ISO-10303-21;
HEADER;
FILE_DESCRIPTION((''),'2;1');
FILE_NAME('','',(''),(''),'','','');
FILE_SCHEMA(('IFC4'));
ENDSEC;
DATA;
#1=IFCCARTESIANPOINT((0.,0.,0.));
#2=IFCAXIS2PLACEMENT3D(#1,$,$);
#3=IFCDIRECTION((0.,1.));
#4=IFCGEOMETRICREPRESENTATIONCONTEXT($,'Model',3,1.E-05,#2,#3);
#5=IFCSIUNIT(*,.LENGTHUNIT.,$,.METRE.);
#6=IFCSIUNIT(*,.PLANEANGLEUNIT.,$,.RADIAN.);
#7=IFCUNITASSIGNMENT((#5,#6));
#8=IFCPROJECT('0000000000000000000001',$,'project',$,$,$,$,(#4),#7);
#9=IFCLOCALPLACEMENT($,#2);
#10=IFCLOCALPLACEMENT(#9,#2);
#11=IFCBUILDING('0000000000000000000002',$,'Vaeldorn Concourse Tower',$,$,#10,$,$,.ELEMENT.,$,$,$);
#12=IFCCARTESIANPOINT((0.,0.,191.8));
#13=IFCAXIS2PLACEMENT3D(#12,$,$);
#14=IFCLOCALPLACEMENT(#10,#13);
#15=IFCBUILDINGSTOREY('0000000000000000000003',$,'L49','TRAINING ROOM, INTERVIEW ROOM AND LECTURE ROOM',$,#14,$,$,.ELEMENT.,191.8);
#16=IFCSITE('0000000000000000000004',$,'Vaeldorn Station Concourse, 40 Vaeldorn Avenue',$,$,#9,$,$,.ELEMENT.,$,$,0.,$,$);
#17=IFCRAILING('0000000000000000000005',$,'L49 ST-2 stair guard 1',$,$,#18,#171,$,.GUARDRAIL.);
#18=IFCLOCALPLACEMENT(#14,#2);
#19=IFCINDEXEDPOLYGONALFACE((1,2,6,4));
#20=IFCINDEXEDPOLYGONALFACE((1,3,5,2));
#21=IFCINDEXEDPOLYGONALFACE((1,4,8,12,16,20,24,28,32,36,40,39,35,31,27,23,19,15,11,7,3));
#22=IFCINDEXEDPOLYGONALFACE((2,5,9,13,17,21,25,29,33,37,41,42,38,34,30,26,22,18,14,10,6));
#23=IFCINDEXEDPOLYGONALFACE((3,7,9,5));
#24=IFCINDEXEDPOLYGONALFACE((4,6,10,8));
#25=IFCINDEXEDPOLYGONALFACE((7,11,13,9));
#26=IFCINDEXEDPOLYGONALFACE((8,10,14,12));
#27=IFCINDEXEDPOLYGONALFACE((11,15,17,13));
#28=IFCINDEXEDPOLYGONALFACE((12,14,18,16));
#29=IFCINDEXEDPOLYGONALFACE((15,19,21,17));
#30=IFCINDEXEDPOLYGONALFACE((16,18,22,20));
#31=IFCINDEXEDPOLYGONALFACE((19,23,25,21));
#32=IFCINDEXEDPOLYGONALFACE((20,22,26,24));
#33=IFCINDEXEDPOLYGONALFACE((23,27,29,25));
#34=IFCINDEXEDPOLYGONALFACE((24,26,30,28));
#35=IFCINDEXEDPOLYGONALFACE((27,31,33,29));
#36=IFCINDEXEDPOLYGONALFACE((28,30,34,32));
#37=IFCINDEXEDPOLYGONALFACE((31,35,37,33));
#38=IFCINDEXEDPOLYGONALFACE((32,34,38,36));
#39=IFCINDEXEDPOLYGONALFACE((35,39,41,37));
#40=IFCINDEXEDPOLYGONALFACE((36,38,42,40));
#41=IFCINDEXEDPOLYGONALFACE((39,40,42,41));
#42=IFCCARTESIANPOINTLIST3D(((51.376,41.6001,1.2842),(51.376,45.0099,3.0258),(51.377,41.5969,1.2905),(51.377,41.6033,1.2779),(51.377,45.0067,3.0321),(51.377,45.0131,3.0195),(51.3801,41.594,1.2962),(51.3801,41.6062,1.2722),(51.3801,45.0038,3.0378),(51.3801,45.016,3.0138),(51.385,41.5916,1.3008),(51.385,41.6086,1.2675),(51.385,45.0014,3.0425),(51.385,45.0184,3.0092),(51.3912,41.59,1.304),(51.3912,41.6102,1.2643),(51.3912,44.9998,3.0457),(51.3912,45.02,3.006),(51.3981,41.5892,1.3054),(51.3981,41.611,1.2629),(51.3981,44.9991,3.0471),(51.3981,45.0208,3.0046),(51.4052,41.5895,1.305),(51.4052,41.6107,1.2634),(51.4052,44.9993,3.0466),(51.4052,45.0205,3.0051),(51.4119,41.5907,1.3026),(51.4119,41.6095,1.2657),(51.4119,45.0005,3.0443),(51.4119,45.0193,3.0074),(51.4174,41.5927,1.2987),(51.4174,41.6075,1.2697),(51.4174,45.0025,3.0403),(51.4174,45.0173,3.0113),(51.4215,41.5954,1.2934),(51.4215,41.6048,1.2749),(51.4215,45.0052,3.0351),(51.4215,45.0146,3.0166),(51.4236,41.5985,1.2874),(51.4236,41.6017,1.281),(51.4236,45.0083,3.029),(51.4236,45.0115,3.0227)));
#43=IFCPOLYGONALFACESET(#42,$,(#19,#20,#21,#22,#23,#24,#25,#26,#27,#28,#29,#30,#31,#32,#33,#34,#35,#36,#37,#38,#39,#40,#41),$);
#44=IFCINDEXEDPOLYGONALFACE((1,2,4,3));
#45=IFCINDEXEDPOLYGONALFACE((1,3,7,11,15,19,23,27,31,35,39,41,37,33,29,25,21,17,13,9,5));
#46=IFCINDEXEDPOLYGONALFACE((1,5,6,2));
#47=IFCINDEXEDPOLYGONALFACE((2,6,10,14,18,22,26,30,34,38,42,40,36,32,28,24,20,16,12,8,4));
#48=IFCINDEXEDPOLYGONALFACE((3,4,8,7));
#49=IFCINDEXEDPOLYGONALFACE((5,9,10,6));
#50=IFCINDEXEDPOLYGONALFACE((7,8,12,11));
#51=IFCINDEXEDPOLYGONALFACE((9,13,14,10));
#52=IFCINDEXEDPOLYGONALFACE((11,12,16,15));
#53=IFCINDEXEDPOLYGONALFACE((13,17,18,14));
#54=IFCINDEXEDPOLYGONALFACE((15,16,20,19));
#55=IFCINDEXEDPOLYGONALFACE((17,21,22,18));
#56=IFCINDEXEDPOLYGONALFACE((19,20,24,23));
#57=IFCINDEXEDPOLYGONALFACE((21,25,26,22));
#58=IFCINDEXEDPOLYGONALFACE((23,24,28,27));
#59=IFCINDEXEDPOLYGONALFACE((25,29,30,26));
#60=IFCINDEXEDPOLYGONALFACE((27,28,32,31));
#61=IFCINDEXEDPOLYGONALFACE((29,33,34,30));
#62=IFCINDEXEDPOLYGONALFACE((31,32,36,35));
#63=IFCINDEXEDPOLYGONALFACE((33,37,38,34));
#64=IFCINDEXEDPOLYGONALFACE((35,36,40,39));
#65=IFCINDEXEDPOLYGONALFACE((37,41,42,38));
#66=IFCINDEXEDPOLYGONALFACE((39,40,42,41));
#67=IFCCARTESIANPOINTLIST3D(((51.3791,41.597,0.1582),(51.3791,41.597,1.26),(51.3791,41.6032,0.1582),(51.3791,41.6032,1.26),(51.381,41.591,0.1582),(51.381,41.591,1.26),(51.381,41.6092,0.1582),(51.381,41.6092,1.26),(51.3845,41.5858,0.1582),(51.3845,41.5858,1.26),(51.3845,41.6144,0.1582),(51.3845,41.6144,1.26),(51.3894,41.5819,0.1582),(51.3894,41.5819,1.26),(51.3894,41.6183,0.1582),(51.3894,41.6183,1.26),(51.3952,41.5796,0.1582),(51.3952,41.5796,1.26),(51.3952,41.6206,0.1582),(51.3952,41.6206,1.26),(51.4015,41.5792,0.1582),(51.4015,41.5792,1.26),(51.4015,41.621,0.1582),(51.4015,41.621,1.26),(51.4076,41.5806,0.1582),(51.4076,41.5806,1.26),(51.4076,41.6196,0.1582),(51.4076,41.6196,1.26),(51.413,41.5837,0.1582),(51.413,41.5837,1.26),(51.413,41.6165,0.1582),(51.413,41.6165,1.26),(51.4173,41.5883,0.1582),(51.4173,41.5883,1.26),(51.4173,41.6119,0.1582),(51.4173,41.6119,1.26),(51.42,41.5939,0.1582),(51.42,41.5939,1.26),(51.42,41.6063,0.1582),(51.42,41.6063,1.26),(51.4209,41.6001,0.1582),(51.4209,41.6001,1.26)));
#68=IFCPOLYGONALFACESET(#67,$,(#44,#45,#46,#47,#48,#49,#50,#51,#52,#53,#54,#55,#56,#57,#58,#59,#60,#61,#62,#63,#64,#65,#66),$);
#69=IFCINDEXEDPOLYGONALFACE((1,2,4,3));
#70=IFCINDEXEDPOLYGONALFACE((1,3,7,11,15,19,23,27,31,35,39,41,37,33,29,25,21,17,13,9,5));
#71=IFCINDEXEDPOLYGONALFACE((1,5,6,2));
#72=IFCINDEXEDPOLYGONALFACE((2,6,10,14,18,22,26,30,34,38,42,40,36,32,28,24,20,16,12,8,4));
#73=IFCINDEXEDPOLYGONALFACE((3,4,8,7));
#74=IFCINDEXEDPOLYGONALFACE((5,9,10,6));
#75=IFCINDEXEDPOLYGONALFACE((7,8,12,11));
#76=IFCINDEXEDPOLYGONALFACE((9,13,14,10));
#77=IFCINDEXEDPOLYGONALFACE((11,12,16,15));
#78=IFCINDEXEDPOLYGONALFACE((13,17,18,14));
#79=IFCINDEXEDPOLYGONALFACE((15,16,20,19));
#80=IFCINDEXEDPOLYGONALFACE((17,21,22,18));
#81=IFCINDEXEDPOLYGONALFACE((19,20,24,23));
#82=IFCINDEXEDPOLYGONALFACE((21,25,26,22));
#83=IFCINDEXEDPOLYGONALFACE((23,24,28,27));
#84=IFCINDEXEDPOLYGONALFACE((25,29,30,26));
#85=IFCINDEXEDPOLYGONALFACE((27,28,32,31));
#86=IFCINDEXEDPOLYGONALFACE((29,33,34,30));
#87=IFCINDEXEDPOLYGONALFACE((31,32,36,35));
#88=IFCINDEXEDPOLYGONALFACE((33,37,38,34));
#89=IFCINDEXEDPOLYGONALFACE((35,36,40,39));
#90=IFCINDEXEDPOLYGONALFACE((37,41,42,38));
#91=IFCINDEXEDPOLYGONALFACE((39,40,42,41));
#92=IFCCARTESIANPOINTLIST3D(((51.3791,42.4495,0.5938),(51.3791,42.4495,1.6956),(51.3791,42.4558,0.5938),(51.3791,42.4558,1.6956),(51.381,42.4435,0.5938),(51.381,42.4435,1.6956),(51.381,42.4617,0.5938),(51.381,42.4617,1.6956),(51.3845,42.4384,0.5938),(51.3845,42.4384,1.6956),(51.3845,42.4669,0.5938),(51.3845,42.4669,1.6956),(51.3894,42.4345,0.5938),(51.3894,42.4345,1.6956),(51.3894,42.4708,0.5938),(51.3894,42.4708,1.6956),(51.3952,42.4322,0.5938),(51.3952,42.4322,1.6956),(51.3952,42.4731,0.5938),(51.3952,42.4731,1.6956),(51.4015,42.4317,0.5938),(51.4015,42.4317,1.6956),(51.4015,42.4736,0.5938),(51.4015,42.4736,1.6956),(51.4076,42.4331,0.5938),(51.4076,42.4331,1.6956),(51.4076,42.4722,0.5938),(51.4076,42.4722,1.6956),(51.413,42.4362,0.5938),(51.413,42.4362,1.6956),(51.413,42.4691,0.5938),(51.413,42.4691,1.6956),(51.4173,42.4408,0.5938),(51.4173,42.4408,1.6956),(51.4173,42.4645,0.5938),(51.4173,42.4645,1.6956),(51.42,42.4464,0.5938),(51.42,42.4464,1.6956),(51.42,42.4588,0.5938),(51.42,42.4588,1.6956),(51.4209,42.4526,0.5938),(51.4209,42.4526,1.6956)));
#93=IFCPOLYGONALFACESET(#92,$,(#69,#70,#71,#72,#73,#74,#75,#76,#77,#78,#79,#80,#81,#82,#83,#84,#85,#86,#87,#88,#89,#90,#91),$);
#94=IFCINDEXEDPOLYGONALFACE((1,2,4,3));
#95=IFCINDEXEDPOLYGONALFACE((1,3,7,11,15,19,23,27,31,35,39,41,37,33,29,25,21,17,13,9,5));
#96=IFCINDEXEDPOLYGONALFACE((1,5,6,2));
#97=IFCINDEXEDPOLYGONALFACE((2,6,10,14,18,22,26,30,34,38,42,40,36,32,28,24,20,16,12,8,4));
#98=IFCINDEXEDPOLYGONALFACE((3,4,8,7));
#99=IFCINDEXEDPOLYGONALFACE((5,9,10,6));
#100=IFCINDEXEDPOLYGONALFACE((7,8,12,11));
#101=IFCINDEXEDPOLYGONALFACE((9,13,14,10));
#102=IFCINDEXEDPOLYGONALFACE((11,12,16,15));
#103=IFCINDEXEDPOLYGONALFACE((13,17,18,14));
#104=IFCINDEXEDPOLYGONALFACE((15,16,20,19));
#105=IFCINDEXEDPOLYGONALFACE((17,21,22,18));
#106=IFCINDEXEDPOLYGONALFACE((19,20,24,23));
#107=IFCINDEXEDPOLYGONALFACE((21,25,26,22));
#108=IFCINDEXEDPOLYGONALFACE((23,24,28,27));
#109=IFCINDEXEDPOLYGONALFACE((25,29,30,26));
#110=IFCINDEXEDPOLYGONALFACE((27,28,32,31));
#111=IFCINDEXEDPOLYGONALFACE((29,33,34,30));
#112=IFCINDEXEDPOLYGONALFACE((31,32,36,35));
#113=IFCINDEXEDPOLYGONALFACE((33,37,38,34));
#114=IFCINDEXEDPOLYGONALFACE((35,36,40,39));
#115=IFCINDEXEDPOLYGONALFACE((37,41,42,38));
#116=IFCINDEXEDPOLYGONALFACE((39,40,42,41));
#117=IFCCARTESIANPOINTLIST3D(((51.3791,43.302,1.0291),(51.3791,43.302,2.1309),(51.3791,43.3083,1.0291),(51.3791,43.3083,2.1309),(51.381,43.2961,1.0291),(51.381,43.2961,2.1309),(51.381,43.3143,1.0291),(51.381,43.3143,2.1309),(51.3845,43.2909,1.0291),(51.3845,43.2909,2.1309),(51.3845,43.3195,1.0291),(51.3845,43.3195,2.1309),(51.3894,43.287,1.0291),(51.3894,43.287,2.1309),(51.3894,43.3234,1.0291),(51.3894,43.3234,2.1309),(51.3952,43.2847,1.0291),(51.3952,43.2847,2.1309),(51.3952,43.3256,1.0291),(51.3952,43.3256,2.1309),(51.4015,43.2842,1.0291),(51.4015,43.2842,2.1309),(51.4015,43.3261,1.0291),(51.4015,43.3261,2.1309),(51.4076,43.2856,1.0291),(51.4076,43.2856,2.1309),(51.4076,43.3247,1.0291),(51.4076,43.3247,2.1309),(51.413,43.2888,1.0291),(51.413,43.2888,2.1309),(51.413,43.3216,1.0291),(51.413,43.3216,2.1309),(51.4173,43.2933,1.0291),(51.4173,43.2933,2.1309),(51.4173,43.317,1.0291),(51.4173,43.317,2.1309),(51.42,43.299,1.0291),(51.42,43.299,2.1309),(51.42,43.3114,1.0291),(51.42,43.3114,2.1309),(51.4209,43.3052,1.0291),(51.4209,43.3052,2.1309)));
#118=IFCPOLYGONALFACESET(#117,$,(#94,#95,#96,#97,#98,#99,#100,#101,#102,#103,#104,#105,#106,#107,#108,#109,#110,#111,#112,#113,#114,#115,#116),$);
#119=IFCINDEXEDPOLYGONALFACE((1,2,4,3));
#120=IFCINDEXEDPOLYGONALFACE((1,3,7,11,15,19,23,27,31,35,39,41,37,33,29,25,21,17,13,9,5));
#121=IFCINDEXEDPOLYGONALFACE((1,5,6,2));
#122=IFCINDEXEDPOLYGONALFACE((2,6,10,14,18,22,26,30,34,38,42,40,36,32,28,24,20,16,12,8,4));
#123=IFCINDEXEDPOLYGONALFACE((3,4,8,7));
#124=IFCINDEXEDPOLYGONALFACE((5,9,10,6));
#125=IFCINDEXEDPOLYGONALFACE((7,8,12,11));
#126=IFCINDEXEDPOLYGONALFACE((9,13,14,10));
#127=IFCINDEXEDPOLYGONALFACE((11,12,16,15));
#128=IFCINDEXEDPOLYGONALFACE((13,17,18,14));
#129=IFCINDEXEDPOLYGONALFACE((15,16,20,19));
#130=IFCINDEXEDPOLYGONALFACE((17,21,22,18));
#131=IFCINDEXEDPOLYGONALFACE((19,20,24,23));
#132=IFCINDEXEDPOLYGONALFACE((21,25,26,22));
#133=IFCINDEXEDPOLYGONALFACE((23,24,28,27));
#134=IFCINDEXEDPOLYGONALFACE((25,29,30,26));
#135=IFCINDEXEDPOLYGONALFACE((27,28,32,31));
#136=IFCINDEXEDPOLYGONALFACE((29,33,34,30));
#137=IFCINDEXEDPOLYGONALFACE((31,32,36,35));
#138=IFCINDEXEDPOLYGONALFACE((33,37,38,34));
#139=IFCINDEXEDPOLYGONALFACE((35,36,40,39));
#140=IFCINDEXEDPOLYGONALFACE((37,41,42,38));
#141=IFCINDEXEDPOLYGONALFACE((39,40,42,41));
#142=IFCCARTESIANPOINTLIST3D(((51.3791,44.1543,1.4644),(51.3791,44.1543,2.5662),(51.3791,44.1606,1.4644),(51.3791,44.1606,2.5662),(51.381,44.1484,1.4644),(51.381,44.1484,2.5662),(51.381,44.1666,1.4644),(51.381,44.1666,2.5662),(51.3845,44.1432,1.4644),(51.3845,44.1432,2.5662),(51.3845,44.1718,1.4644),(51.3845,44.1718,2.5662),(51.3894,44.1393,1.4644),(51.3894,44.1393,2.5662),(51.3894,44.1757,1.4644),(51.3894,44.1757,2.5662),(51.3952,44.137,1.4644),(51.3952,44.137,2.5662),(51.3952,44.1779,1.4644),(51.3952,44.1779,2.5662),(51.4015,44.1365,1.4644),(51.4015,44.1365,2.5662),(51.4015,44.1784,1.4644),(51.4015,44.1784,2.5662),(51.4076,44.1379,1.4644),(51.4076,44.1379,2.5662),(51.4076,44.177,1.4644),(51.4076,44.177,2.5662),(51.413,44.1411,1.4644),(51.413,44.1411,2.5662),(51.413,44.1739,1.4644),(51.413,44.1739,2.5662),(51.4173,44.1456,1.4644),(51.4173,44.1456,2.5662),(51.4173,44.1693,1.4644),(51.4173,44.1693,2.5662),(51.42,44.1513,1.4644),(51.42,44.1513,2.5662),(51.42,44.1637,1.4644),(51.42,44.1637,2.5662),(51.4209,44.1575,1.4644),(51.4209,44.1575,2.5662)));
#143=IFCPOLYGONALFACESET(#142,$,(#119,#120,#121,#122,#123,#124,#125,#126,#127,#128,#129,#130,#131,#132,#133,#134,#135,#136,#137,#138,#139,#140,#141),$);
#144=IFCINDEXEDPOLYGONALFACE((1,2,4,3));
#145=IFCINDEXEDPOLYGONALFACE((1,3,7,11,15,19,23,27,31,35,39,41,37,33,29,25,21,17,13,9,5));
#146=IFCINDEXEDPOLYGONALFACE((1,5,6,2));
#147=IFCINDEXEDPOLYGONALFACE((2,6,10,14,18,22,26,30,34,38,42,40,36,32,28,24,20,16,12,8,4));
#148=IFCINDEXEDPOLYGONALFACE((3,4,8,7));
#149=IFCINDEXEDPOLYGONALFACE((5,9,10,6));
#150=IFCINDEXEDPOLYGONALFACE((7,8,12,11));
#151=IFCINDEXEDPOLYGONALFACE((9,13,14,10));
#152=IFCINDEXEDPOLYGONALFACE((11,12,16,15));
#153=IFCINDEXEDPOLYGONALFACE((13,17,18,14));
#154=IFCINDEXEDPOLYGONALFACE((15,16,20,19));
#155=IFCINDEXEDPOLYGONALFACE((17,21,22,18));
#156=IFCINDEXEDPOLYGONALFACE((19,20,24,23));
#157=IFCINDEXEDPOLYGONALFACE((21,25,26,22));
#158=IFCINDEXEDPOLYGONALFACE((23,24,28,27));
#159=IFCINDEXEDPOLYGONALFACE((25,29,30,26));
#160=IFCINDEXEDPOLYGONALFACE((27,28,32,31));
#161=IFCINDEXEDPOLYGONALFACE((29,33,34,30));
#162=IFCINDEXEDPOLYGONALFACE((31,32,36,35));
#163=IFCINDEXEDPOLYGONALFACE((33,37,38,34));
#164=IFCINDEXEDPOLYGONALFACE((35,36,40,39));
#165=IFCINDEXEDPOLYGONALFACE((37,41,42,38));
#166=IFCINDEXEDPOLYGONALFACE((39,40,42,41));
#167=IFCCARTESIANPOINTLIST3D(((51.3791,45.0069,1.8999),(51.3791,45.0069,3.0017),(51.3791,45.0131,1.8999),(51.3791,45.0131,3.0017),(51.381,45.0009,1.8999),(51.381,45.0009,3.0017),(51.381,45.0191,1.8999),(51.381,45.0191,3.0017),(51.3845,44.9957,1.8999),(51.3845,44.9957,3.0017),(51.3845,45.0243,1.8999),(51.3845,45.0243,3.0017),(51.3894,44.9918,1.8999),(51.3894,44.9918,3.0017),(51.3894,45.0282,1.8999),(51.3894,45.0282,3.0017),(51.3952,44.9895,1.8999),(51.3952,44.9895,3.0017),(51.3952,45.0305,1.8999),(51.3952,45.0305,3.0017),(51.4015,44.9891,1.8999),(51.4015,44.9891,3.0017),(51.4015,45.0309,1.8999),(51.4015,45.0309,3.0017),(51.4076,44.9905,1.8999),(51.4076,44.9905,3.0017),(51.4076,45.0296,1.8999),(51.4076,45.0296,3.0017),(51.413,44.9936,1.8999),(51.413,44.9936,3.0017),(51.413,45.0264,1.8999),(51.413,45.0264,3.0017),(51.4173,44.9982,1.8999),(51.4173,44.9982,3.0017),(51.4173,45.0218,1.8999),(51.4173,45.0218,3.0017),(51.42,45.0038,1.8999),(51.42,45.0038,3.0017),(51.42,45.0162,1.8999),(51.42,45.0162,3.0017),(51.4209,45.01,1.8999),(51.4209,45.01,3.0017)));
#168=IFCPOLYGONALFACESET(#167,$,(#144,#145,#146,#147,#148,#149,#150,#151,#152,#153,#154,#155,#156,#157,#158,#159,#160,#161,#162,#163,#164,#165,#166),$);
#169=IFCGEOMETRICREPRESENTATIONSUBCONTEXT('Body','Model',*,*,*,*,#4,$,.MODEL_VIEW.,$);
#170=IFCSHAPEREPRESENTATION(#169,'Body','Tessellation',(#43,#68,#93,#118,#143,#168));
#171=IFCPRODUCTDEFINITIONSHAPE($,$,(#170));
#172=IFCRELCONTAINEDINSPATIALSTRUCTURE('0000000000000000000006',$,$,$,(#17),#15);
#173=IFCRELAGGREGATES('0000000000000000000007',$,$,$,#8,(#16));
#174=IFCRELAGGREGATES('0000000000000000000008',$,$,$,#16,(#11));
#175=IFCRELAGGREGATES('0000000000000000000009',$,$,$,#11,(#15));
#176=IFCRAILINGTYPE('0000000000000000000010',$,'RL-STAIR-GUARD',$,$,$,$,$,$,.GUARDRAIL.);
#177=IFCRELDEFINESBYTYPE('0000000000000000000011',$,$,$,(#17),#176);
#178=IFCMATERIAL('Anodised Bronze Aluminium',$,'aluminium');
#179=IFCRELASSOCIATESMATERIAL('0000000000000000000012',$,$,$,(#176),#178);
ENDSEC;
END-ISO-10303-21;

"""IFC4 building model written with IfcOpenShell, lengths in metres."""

from ifc_helpers import new_model, si_unit, direction, frame, origin, origin_2d, place, context, subcontext, project, spatial, circle, extrude, material, type_object, element, save


model = new_model("IFC4")

# Units and contexts
model_context = context("Model", 3, precision=1e-05, world=origin(), true_north=direction((0.0, 1.0)))
body_context = subcontext(model_context, "Body", "Model", "MODEL_VIEW")
ifc_project = project(units=[si_unit("LENGTHUNIT", "METRE"), si_unit("PLANEANGLEUNIT", "RADIAN")], contexts=[model_context])

# Site, building, storey
site_placement = place(None, origin())
site = spatial("IfcSite", under=ifc_project, at=site_placement, Name="Vaeldorn Station Concourse, 40 Vaeldorn Avenue", CompositionType="ELEMENT", RefElevation=0.0)
building_placement = place(site_placement, origin())
building = spatial("IfcBuilding", under=site, at=building_placement, Name="Vaeldorn Concourse Tower", CompositionType="ELEMENT")
storey_placement = place(building_placement, frame((0.0, 0.0, 191.8)))
storey = spatial("IfcBuildingStorey", under=building, at=storey_placement, Name="L49", Description="TRAINING ROOM, INTERVIEW ROOM AND LECTURE ROOM", CompositionType="ELEMENT", Elevation=191.8)

# Shared definitions
ifc_material_1 = material(Name="Anodised Bronze Aluminium", Category="aluminium")

# Railing
railing_type_1 = type_object("IfcRailingType", Name="RL-STAIR-GUARD", PredefinedType="GUARDRAIL", material=ifc_material_1)
railing_1_placement = place(storey_placement, frame((51.3999, 41.6001, 0.1582)))
element("IfcRailing", 1, at=railing_1_placement, inside=storey, type_object=railing_type_1, Name="L49 ST-2 stair guard 1", PredefinedType="GUARDRAIL", context=body_context, shape_type="SweptSolid", body=[
    extrude(circle(Radius=0.0239, at=origin_2d()), frame((0.0, 0.0, 1.126), z_axis=(0.0, 0.890556, 0.454874), x_axis=(-1.0, 0.0, 0.0)), (0.0, 0.0, 1.0), 3.8289),
    extrude(circle(Radius=0.021, at=origin_2d()), origin(), (0.0, 0.0, 1.0), 1.1018),
    extrude(circle(Radius=0.021, at=origin_2d()), frame((0.0, 0.8525, 0.4355)), (0.0, 0.0, 1.0), 1.1018),
    extrude(circle(Radius=0.021, at=origin_2d()), frame((0.0, 1.7051, 0.8708)), (0.0, 0.0, 1.0), 1.1018),
    extrude(circle(Radius=0.021, at=origin_2d()), frame((0.0, 2.5574, 1.3062)), (0.0, 0.0, 1.0), 1.1018),
    extrude(circle(Radius=0.021, at=origin_2d()), frame((0.0, 3.4099, 1.7417)), (0.0, 0.0, 1.0), 1.1018),
])

save(model, "model.ifc")
